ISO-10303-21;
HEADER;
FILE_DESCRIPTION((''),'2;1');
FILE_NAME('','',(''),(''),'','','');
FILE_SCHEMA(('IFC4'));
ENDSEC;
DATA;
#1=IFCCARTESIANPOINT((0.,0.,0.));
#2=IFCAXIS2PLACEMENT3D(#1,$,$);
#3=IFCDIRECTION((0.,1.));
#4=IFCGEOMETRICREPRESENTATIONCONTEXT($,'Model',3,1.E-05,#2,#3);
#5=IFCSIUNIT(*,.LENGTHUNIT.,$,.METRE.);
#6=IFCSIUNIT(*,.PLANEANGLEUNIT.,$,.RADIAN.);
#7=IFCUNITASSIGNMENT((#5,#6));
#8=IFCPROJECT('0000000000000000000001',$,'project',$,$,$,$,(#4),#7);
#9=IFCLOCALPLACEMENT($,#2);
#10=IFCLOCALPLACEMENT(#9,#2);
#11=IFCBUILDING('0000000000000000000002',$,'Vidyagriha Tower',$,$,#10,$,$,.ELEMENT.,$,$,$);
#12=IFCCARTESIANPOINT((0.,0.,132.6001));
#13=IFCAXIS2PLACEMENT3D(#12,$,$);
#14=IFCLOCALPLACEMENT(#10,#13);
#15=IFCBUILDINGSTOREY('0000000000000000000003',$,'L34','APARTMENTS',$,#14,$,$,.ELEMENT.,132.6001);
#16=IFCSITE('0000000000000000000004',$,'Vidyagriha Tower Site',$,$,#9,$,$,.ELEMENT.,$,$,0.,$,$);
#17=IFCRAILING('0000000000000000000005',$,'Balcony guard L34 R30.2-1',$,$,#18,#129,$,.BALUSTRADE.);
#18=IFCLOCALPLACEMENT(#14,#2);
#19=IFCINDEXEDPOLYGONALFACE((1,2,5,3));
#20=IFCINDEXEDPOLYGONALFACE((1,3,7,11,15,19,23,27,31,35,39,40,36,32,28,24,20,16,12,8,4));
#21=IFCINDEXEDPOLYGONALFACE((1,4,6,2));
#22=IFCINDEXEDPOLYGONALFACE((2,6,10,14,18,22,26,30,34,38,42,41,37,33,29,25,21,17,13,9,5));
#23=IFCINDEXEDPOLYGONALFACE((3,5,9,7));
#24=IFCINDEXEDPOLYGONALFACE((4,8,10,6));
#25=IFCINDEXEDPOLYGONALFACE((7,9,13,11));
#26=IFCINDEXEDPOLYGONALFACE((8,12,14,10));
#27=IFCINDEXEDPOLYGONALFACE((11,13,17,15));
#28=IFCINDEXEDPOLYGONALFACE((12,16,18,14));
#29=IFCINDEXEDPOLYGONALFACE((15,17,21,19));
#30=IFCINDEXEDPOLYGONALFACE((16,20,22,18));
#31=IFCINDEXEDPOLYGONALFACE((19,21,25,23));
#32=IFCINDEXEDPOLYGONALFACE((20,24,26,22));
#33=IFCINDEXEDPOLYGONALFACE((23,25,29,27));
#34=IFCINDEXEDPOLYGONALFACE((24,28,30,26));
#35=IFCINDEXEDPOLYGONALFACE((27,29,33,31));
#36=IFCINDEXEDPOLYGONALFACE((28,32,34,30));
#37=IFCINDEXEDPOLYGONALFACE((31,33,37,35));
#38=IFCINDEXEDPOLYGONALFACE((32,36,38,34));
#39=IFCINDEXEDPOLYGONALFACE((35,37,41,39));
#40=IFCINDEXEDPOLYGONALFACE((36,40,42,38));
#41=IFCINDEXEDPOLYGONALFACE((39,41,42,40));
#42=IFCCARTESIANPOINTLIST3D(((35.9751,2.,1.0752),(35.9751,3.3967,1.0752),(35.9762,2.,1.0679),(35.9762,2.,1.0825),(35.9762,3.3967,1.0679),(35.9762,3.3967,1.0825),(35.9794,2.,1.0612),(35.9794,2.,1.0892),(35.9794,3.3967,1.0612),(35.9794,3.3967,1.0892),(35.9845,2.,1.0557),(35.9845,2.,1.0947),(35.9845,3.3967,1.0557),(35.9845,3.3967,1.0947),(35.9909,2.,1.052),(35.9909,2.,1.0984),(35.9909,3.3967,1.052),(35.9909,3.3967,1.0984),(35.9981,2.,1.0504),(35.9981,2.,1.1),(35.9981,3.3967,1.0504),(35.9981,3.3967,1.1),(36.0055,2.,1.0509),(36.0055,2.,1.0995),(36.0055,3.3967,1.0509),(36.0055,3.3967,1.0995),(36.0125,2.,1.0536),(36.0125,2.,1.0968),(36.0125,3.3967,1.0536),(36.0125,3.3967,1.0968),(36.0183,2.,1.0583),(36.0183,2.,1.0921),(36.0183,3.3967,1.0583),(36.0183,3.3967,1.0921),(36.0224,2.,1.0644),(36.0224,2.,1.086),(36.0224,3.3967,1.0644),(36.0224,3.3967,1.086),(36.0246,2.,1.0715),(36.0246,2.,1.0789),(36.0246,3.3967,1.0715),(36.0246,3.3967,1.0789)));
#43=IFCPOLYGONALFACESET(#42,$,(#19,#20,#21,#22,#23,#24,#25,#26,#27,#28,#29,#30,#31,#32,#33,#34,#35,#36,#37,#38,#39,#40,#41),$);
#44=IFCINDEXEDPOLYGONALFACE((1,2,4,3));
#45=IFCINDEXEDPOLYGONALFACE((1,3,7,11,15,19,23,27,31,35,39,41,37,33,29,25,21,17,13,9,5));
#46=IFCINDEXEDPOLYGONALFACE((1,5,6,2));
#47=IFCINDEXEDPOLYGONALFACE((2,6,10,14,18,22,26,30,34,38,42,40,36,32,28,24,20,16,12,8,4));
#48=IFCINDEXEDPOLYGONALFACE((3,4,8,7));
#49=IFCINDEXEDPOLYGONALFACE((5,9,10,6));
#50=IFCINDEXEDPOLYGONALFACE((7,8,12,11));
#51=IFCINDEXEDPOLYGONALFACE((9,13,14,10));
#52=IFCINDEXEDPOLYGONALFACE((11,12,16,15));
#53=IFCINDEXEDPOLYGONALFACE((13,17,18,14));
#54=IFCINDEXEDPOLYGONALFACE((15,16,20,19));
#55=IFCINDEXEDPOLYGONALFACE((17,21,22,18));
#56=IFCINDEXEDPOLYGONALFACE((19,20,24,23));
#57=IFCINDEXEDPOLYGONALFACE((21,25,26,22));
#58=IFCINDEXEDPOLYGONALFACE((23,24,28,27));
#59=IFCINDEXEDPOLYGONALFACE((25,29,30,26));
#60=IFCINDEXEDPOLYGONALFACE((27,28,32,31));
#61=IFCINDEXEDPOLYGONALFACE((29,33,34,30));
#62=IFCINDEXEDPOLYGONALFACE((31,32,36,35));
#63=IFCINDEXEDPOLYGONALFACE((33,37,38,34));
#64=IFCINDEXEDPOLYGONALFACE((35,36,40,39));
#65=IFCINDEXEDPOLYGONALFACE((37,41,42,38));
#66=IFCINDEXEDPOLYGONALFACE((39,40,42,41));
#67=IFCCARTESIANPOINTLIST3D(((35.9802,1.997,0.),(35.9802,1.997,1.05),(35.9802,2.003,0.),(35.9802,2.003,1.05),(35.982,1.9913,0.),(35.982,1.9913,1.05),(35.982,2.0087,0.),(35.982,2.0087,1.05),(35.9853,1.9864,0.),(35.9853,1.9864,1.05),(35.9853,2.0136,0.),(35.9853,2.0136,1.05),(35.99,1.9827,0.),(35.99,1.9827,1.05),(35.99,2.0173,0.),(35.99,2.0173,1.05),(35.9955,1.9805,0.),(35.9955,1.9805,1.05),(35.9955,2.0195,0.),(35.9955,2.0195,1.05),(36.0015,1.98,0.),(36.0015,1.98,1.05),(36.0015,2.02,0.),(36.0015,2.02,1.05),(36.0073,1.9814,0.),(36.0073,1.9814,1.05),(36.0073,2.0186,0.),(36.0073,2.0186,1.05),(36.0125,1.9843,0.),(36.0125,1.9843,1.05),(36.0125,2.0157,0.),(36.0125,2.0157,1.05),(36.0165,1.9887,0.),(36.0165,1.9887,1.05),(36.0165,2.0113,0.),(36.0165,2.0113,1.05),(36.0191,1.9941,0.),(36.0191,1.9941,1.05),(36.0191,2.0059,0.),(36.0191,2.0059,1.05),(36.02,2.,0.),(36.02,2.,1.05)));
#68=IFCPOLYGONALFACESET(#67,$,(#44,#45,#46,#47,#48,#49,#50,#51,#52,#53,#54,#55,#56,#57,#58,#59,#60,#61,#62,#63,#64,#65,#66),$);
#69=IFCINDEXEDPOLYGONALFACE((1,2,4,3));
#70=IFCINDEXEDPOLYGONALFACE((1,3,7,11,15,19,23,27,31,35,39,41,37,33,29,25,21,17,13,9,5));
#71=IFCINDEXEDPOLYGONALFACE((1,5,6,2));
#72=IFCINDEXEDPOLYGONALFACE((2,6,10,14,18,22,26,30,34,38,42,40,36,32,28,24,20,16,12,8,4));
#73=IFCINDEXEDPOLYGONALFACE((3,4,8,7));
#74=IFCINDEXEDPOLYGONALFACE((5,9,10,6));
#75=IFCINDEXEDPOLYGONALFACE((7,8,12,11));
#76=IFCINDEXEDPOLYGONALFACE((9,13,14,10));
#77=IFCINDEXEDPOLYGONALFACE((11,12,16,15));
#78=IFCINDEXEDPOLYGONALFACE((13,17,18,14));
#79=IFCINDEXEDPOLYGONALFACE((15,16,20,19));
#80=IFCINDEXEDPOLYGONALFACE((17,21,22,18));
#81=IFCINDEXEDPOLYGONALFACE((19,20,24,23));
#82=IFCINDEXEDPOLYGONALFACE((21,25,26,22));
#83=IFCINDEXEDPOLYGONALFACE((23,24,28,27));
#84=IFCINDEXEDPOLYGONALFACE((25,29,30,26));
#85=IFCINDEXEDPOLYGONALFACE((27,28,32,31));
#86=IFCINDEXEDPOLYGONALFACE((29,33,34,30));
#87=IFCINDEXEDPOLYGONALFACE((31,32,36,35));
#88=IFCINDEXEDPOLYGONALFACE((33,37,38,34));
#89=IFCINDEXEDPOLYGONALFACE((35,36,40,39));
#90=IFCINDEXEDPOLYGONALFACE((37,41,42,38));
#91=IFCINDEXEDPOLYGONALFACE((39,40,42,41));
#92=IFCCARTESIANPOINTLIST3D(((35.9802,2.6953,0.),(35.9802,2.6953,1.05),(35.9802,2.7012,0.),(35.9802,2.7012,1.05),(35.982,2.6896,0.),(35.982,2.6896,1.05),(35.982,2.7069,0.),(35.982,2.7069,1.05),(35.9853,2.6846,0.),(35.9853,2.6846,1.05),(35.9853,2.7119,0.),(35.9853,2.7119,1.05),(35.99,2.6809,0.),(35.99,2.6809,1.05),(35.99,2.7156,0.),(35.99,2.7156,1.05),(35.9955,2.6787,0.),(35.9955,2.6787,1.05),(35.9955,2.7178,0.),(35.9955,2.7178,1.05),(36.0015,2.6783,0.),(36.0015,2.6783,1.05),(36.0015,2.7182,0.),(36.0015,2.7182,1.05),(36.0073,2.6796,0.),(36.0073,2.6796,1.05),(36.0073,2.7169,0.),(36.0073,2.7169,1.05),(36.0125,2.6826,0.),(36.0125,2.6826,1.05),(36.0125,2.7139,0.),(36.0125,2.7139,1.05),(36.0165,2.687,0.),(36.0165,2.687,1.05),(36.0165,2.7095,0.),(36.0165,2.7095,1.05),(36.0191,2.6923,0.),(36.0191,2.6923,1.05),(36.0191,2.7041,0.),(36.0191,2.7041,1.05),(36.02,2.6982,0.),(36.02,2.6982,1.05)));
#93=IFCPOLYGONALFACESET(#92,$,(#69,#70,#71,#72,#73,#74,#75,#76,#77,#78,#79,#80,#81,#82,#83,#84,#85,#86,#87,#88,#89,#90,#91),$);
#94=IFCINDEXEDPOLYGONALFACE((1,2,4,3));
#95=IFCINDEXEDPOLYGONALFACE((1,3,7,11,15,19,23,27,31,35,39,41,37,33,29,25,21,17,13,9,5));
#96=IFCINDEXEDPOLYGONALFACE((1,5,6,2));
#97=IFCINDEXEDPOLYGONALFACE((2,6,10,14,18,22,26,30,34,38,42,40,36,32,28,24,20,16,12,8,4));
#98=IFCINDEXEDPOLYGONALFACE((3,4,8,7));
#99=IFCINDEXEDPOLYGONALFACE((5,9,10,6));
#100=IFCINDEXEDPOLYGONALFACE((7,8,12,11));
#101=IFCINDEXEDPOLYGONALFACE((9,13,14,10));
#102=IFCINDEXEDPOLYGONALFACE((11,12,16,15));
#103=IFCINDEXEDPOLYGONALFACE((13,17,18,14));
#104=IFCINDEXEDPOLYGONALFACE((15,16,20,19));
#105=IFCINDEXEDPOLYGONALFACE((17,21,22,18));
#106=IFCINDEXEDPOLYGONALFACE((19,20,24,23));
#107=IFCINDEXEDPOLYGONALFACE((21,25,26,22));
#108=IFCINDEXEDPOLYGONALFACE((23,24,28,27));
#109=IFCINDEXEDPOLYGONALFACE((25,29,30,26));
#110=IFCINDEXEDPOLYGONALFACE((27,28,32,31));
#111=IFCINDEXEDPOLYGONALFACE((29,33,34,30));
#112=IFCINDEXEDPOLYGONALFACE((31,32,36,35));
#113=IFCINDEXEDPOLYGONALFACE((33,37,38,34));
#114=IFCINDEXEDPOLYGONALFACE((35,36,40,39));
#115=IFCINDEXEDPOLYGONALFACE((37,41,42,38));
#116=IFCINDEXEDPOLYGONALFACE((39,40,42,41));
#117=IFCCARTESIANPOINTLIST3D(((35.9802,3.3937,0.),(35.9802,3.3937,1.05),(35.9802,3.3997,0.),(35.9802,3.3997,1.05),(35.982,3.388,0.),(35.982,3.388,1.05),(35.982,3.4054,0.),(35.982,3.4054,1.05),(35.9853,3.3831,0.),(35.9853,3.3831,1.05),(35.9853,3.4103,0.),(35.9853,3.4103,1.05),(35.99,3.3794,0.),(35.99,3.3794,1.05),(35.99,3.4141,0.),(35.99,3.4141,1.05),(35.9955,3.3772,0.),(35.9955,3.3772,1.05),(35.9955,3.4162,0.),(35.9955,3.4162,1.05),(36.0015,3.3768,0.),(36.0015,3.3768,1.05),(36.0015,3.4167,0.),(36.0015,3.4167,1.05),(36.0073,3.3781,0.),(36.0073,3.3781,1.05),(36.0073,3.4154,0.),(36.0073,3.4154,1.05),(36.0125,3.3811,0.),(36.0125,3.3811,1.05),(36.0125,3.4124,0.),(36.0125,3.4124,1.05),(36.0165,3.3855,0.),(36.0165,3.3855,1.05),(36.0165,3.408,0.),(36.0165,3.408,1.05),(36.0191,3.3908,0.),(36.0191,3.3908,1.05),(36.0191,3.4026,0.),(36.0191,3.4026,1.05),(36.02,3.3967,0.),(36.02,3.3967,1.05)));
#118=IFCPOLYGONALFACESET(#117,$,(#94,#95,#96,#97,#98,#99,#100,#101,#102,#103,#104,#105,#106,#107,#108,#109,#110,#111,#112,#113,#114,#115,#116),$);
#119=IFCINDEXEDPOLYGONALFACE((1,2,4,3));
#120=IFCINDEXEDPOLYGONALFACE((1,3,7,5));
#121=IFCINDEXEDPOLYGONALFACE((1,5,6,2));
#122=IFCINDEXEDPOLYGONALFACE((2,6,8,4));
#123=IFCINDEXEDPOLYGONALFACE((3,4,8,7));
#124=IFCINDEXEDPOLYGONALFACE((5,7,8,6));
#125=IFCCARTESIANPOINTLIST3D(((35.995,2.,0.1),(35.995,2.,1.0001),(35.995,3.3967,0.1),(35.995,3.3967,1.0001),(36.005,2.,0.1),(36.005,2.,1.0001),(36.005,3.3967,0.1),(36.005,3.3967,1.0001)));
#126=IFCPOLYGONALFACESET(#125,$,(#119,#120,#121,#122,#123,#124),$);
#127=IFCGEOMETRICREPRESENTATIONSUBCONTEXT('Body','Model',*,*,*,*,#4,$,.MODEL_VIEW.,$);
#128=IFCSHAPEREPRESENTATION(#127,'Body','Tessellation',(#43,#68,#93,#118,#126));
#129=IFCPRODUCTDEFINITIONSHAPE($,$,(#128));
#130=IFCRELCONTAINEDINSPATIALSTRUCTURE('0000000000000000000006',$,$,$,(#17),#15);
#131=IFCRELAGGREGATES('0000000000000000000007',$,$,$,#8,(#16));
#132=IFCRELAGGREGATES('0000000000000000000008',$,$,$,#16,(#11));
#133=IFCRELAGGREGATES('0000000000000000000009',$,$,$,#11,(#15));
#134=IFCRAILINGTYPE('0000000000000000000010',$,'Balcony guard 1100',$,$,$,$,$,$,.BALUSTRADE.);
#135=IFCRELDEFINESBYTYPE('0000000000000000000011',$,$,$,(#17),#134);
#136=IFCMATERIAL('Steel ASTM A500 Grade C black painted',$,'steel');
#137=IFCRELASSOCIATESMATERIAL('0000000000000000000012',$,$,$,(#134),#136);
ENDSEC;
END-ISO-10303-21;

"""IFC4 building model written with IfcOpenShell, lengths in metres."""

from ifc_helpers import new_model, si_unit, direction, frame, origin, origin_2d, place, context, subcontext, project, spatial, rectangle, circle, extrude, material, type_object, element, save


model = new_model("IFC4")

# Units and contexts
model_context = context("Model", 3, precision=1e-05, world=origin(), true_north=direction((0.0, 1.0)))
body_context = subcontext(model_context, "Body", "Model", "MODEL_VIEW")
ifc_project = project(units=[si_unit("LENGTHUNIT", "METRE"), si_unit("PLANEANGLEUNIT", "RADIAN")], contexts=[model_context])

# Site, building, storey
site_placement = place(None, origin())
site = spatial("IfcSite", under=ifc_project, at=site_placement, Name="Vidyagriha Tower Site", CompositionType="ELEMENT", RefElevation=0.0)
building_placement = place(site_placement, origin())
building = spatial("IfcBuilding", under=site, at=building_placement, Name="Vidyagriha Tower", CompositionType="ELEMENT")
storey_placement = place(building_placement, frame((0.0, 0.0, 132.6001)))
storey = spatial("IfcBuildingStorey", under=building, at=storey_placement, Name="L34", Description="APARTMENTS", CompositionType="ELEMENT", Elevation=132.6001)

# Railing
ifc_material_1 = material(Name="Steel ASTM A500 Grade C black painted", Category="steel")
railing_type_1 = type_object("IfcRailingType", Name="Balcony guard 1100", PredefinedType="BALUSTRADE", material=ifc_material_1)
railing_1_placement = place(storey_placement, frame((36.0, 2.0, 0.0)))
element("IfcRailing", 1, at=railing_1_placement, inside=storey, type_object=railing_type_1, Name="Balcony guard L34 R30.2-1", PredefinedType="BALUSTRADE", context=body_context, shape_type="SweptSolid", body=[
    extrude(circle(Radius=0.0249, at=origin_2d()), frame((0.0, 0.0, 1.0752), z_axis=(0.0, 1.0, 0.0), x_axis=(-1.0, 0.0, 0.0)), (0.0, 0.0, 1.0), 1.3967),
    extrude(circle(Radius=0.02, at=origin_2d()), origin(), (0.0, 0.0, 1.0), 1.05),
    extrude(circle(Radius=0.02, at=origin_2d()), frame((0.0, 0.6982, 0.0)), (0.0, 0.0, 1.0), 1.05),
    extrude(circle(Radius=0.02, at=origin_2d()), frame((0.0, 1.3967, 0.0)), (0.0, 0.0, 1.0), 1.05),
    extrude(rectangle(XDim=0.01, YDim=0.9001, at=origin_2d()), frame((0.0, 0.0, 0.55), z_axis=(0.0, 1.0, 0.0), x_axis=(-1.0, 0.0, 0.0)), (0.0, 0.0, 1.0), 1.3967),
])

save(model, "model.ifc")
